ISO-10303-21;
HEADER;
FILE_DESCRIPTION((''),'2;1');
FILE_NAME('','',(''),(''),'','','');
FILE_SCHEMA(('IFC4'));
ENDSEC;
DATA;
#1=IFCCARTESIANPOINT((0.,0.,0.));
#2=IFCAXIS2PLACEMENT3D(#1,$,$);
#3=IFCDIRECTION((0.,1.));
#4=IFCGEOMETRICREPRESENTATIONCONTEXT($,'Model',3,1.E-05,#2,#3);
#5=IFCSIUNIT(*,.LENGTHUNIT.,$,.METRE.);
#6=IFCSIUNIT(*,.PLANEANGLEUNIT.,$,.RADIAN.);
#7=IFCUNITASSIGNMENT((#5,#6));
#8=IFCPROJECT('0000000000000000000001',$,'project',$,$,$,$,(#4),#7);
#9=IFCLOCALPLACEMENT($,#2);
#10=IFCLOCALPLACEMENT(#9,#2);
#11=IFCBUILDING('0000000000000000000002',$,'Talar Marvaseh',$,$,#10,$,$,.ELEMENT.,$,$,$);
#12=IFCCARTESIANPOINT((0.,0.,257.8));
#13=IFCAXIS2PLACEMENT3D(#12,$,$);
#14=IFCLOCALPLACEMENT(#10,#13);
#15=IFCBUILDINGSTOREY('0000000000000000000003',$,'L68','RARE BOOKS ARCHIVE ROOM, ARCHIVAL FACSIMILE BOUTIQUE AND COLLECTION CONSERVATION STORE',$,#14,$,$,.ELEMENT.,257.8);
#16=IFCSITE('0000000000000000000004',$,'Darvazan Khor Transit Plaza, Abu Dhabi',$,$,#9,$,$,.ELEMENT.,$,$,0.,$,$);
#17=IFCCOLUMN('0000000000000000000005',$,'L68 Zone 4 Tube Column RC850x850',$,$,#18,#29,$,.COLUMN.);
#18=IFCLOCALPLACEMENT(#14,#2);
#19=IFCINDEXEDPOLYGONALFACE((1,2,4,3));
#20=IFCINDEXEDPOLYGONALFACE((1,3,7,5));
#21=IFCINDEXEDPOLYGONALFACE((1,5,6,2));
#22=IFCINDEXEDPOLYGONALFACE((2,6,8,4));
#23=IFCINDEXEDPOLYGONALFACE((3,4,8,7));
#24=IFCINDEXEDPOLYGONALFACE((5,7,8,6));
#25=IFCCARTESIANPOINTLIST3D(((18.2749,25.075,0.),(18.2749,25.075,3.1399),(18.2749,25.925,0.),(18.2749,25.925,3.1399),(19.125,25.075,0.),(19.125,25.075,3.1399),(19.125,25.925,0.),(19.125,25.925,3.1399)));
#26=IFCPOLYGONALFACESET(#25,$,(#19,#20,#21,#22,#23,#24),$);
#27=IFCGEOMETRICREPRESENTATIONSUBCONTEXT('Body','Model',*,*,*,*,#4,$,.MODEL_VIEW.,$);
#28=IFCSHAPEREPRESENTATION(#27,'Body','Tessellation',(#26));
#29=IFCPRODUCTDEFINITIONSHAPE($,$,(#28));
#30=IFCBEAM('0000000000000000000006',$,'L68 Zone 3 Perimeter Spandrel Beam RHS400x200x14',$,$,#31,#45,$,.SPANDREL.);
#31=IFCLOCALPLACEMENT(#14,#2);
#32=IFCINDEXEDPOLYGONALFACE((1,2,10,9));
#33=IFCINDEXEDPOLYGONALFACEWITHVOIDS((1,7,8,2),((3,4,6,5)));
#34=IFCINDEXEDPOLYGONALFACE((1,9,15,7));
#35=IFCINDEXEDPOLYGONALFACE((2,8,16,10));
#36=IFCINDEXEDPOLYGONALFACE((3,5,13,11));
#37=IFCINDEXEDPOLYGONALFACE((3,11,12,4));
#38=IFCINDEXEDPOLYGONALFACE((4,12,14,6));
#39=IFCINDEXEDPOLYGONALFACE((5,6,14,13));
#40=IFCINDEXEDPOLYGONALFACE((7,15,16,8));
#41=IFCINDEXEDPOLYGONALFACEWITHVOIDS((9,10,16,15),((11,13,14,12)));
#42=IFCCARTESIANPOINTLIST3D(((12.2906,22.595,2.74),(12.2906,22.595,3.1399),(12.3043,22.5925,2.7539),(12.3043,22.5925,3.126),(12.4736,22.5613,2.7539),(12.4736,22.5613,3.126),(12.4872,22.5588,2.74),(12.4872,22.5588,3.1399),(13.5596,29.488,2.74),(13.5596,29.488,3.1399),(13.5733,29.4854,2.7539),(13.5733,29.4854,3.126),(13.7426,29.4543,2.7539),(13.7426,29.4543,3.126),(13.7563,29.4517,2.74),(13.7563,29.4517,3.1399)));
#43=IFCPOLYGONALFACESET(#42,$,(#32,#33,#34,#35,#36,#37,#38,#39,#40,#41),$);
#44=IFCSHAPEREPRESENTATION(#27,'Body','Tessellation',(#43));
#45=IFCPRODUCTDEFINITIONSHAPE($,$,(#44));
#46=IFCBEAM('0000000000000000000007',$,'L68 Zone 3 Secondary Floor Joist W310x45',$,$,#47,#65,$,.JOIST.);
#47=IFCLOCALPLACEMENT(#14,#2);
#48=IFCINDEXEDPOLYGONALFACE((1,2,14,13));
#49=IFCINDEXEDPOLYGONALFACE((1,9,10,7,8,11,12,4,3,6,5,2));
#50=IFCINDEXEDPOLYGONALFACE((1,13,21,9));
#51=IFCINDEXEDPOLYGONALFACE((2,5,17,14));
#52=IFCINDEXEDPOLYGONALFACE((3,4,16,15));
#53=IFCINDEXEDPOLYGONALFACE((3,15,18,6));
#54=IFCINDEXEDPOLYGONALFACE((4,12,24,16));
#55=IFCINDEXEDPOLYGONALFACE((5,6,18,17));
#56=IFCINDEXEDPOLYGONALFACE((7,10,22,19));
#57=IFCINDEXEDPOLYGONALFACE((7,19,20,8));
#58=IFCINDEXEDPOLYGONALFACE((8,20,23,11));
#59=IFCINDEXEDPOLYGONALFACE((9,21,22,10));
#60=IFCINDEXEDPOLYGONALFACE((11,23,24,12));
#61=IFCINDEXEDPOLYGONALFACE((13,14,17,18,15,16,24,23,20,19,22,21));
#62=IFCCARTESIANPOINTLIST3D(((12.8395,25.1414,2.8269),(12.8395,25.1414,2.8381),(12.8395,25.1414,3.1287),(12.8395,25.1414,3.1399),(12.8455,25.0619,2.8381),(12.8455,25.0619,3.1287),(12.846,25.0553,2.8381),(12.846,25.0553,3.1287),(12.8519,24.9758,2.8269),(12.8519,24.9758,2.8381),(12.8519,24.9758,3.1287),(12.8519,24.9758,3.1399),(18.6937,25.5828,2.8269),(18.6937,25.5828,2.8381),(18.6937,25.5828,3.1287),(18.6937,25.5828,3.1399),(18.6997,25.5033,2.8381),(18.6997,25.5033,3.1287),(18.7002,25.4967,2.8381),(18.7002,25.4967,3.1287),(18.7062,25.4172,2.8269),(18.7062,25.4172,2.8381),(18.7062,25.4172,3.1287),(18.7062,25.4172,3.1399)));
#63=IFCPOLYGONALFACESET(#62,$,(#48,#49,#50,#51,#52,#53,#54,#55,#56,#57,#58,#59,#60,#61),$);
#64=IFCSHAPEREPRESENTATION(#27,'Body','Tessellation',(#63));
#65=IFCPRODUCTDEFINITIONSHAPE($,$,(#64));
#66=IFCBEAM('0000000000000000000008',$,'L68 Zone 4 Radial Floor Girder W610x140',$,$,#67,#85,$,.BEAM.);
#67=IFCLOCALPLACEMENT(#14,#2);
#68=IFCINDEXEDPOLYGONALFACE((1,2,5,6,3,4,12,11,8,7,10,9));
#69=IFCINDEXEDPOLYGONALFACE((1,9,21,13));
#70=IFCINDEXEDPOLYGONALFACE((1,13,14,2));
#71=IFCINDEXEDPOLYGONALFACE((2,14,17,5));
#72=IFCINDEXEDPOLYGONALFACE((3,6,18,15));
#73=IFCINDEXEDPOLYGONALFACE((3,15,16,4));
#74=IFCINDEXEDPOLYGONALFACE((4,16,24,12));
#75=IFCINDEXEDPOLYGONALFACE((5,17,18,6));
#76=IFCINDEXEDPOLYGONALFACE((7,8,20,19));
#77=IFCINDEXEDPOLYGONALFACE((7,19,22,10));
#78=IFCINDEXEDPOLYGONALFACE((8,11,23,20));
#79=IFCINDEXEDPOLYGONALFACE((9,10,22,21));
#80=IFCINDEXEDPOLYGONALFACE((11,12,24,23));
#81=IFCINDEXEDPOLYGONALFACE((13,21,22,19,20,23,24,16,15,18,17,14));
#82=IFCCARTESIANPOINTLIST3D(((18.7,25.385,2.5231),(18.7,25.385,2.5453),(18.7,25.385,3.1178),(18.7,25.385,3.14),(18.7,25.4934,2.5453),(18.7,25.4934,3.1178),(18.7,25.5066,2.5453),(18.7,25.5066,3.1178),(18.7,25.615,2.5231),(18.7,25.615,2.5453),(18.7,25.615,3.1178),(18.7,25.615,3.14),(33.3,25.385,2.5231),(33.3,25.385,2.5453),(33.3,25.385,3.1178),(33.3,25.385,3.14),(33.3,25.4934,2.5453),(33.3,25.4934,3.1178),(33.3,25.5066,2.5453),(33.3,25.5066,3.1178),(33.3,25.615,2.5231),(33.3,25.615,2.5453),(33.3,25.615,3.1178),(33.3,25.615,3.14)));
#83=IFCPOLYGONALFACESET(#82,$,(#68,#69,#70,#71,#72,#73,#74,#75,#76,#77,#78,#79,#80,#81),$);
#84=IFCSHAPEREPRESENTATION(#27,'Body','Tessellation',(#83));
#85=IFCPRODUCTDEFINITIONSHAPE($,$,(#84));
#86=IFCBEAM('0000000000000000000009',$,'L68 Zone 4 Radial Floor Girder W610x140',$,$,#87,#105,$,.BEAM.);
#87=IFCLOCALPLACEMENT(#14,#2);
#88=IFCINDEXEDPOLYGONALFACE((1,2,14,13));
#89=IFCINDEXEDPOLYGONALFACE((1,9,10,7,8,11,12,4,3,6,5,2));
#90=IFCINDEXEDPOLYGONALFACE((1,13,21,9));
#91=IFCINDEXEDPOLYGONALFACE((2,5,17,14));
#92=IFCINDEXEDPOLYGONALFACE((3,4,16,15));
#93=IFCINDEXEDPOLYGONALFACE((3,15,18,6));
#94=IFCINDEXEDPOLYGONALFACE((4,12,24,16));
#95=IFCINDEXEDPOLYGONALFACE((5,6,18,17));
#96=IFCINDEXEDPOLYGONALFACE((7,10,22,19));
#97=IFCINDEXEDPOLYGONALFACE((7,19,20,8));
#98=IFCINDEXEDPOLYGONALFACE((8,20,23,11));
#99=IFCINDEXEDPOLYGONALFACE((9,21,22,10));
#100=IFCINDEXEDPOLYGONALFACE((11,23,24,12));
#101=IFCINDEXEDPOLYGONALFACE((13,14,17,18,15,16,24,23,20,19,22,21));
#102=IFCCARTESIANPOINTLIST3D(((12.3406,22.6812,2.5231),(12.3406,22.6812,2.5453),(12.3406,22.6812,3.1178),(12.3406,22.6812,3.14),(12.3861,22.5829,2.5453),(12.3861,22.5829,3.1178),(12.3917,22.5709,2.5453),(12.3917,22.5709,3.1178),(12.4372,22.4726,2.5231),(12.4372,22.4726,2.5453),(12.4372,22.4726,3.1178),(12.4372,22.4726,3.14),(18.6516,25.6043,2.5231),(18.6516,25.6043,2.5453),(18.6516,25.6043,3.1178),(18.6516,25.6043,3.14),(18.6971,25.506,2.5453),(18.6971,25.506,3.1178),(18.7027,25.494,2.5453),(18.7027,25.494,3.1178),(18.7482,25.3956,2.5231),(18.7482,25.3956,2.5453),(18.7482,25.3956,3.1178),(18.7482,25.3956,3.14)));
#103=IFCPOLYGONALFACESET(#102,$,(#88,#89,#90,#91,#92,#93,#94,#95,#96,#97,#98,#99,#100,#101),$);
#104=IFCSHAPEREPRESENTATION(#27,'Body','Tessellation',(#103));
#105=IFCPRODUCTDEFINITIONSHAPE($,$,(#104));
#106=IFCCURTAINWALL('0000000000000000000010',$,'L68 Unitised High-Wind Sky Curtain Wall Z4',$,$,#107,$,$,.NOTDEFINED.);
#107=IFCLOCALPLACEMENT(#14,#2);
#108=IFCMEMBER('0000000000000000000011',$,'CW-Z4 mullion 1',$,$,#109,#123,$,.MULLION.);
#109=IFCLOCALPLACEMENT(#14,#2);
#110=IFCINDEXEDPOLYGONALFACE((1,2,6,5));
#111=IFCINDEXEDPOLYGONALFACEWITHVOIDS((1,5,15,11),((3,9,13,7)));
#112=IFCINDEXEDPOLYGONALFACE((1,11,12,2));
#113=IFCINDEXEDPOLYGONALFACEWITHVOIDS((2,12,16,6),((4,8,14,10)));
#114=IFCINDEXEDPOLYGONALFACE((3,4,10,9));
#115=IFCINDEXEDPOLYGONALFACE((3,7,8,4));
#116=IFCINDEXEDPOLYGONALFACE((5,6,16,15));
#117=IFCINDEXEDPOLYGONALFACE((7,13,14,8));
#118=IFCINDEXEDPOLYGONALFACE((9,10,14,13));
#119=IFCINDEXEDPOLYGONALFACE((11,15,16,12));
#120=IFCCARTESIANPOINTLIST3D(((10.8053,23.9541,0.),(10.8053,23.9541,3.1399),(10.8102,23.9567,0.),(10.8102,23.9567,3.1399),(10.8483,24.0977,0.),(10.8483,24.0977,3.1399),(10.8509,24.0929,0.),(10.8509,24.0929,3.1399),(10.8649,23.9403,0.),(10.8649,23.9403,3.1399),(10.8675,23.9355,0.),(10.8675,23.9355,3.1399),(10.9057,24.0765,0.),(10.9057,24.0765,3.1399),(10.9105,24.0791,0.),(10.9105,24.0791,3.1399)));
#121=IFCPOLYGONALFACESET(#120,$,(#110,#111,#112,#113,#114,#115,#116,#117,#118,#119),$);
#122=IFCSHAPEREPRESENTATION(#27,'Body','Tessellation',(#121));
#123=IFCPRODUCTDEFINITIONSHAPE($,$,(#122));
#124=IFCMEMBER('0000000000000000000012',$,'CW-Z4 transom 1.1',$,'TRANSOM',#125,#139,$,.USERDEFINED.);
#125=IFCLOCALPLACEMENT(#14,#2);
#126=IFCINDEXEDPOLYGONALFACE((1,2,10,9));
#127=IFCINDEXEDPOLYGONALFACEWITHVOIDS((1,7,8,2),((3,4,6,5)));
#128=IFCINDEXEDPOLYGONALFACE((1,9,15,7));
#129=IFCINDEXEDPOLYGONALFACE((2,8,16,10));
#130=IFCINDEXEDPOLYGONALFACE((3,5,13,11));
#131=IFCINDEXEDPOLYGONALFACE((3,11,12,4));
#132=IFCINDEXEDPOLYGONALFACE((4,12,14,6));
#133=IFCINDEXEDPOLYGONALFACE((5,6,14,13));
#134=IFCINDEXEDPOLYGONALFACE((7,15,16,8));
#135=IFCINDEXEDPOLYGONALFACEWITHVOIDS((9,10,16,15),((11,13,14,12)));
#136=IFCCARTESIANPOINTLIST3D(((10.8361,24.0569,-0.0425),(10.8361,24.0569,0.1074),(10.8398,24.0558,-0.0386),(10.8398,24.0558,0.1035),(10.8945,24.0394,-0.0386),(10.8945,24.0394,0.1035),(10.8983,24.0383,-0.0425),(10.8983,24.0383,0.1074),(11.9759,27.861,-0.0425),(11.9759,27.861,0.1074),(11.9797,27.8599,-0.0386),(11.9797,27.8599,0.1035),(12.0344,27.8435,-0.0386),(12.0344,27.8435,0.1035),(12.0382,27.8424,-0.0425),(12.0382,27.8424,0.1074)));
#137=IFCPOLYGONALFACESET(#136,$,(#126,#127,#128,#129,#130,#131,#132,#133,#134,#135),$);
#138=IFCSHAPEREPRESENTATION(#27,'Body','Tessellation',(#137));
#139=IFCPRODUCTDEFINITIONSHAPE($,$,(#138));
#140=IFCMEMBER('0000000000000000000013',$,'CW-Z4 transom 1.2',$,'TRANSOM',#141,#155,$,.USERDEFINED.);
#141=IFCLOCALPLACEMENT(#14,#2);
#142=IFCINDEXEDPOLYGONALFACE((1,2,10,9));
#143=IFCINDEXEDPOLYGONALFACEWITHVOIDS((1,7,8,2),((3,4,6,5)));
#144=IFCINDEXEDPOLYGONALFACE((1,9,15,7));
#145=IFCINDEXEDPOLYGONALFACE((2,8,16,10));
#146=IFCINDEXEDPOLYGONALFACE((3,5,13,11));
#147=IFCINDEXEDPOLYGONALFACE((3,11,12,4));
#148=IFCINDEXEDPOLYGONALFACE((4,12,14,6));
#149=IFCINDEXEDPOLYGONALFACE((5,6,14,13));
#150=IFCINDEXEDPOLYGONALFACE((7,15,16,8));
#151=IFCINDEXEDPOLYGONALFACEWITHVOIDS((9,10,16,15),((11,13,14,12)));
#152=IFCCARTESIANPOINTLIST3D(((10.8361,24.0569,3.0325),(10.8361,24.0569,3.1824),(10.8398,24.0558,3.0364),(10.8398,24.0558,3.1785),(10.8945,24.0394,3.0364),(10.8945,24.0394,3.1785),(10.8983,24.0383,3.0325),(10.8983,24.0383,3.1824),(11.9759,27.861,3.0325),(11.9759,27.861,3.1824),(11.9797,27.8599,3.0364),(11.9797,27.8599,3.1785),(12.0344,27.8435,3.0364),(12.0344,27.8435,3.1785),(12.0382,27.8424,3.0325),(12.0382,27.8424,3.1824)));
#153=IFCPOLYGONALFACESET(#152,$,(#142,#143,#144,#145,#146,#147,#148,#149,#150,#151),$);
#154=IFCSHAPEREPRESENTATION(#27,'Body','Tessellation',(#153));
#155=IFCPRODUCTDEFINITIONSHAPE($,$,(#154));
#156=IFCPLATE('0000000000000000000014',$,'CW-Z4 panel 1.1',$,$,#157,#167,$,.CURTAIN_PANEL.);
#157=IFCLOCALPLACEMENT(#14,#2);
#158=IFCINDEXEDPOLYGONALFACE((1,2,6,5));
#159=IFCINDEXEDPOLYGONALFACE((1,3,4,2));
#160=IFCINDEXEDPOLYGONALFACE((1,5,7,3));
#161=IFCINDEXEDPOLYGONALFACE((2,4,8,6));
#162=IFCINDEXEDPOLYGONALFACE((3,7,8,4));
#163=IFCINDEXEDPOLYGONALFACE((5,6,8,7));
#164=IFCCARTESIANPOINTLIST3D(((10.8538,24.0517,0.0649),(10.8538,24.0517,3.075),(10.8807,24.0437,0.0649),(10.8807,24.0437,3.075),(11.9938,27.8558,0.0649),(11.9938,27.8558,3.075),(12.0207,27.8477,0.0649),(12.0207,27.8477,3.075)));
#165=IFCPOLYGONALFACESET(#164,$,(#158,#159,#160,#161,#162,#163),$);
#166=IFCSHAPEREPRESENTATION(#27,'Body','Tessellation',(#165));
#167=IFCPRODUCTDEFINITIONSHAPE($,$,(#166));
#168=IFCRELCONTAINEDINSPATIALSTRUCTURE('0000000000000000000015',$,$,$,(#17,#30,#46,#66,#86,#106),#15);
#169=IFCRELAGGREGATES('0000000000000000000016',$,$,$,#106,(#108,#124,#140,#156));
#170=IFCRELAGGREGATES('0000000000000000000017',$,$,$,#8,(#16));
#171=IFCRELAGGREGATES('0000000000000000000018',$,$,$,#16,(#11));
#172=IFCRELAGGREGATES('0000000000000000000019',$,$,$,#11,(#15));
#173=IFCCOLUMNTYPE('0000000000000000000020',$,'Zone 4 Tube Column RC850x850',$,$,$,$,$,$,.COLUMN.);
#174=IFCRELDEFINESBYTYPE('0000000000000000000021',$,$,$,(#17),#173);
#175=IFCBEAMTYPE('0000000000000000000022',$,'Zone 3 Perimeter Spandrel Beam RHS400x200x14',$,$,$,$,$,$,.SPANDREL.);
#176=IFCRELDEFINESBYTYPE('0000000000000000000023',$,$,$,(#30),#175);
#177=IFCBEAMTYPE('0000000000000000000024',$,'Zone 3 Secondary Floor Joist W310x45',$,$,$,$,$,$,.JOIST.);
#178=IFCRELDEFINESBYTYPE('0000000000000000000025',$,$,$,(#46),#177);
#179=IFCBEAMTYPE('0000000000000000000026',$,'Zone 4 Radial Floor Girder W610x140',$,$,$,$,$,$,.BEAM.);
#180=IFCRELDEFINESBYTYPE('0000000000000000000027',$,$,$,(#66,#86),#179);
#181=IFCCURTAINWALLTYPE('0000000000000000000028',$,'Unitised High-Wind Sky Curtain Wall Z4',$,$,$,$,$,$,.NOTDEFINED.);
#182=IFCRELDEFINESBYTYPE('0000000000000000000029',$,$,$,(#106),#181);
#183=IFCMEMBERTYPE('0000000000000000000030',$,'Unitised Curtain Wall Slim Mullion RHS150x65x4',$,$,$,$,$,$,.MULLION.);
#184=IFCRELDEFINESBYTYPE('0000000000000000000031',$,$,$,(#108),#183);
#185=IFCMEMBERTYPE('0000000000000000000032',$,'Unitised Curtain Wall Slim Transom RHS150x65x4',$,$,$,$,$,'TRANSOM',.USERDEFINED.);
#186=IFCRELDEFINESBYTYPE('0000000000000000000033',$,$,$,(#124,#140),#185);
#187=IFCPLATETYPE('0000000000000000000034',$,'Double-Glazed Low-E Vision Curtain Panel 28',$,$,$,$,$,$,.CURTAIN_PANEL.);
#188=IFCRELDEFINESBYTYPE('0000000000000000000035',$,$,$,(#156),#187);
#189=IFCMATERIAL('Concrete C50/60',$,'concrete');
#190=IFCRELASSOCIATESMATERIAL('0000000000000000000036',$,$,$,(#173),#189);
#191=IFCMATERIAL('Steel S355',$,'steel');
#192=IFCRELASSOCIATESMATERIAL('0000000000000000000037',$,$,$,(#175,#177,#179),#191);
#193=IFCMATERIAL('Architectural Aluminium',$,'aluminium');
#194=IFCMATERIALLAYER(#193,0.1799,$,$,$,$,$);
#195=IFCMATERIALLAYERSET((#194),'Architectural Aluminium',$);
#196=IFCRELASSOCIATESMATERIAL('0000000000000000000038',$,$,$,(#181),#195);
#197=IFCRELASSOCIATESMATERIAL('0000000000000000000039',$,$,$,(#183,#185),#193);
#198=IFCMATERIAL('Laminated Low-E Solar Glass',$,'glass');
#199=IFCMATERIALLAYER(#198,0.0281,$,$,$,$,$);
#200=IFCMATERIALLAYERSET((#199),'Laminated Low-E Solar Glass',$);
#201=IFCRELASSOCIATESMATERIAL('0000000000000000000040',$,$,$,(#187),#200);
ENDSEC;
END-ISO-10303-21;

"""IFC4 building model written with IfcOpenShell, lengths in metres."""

from ifc_helpers import new_model, si_unit, direction, frame, origin, origin_2d, place, context, subcontext, project, spatial, rectangle, hollow_rectangle, i_section, extrude, source, transform, mapped, material, layer, layer_set, material_profile, profile_set, type_object, type_shapes, element, aggregate, save


model = new_model("IFC4")

# Units and contexts
model_context = context("Model", 3, precision=1e-05, world=origin(), true_north=direction((0.0, 1.0)))
body_context = subcontext(model_context, "Body", "Model", "MODEL_VIEW")
ifc_project = project(units=[si_unit("LENGTHUNIT", "METRE"), si_unit("PLANEANGLEUNIT", "RADIAN")], contexts=[model_context])

# Site, building, storey
site_placement = place(None, origin())
site = spatial("IfcSite", under=ifc_project, at=site_placement, Name="Darvazan Khor Transit Plaza, Abu Dhabi", CompositionType="ELEMENT", RefElevation=0.0)
building_placement = place(site_placement, origin())
building = spatial("IfcBuilding", under=site, at=building_placement, Name="Talar Marvaseh", CompositionType="ELEMENT")
storey_placement = place(building_placement, frame((0.0, 0.0, 257.8)))
storey = spatial("IfcBuildingStorey", under=building, at=storey_placement, Name="L68", Description="RARE BOOKS ARCHIVE ROOM, ARCHIVAL FACSIMILE BOUTIQUE AND COLLECTION CONSERVATION STORE", CompositionType="ELEMENT", Elevation=257.8)

# Column
ifc_material_1 = material(Name="Concrete C50/60", Category="concrete")
ifc_material_profile_1 = material_profile(ifc_material_1, rectangle(XDim=0.8501, YDim=0.8501, at=origin_2d()), Name="RC850x850")
ifc_profile_set_1 = profile_set([ifc_material_profile_1], Name="Concrete C50/60")
column_type = type_object("IfcColumnType", Name="Zone 4 Tube Column RC850x850", PredefinedType="COLUMN", material=ifc_profile_set_1)
column_placement = place(storey_placement, frame((18.7, 25.5, 0.0), z_axis=(0.0, 0.0, 1.0), x_axis=(1.0, 0.0, 0.0)))
element("IfcColumn", 1, at=column_placement, inside=storey, type_object=column_type, Name="L68 Zone 4 Tube Column RC850x850", PredefinedType="COLUMN", context=body_context, shape_type="SweptSolid", body=[
    extrude(rectangle(XDim=0.8501, YDim=0.8501, at=origin_2d()), origin(), (0.0, 0.0, 1.0), 3.1399),
])

# Beams
ifc_material_2 = material(Name="Steel S355", Category="steel")
ifc_material_profile_2 = material_profile(ifc_material_2, hollow_rectangle(XDim=0.2, YDim=0.3999, WallThickness=0.0139, at=origin_2d()), Name="RHS400x200x14")
ifc_profile_set_2 = profile_set([ifc_material_profile_2], Name="Steel S355")
beam_type_1 = type_object("IfcBeamType", Name="Zone 3 Perimeter Spandrel Beam RHS400x200x14", PredefinedType="SPANDREL", material=ifc_profile_set_2)
beam_1_placement = place(storey_placement, frame((12.3889, 22.5769, 2.9399), z_axis=(0.181061, 0.983472, 0.0), x_axis=(-0.983472, 0.181061, 0.0)))
element("IfcBeam", 2, at=beam_1_placement, inside=storey, type_object=beam_type_1, Name="L68 Zone 3 Perimeter Spandrel Beam RHS400x200x14", PredefinedType="SPANDREL", context=body_context, shape_type="SweptSolid", body=[
    extrude(hollow_rectangle(XDim=0.2, YDim=0.3999, WallThickness=0.0139, at=origin_2d()), origin(), (0.0, 0.0, 1.0), 7.0088),
])
ifc_material_profile_3 = material_profile(ifc_material_2, i_section(OverallWidth=0.166, OverallDepth=0.313, WebThickness=0.0066, FlangeThickness=0.0112, at=origin_2d()), Name="W310x45")
ifc_profile_set_3 = profile_set([ifc_material_profile_3], Name="Steel S355")
beam_type_2 = type_object("IfcBeamType", Name="Zone 3 Secondary Floor Joist W310x45", PredefinedType="JOIST", material=ifc_profile_set_3)
beam_2_placement = place(storey_placement, frame((12.8457, 25.0586, 2.9834), z_axis=(0.99717, 0.075186, 0.0), x_axis=(-0.075186, 0.99717, 0.0)))
element("IfcBeam", 3, at=beam_2_placement, inside=storey, type_object=beam_type_2, Name="L68 Zone 3 Secondary Floor Joist W310x45", PredefinedType="JOIST", context=body_context, shape_type="SweptSolid", body=[
    extrude(i_section(OverallWidth=0.166, OverallDepth=0.313, WebThickness=0.0066, FlangeThickness=0.0112, at=origin_2d()), origin(), (0.0, 0.0, 1.0), 5.8708),
])
ifc_material_profile_4 = material_profile(ifc_material_2, i_section(OverallWidth=0.23, OverallDepth=0.6169, WebThickness=0.0132, FlangeThickness=0.0222, at=origin_2d()), Name="W610x140")
ifc_profile_set_4 = profile_set([ifc_material_profile_4], Name="Steel S355")
beam_type_3 = type_object("IfcBeamType", Name="Zone 4 Radial Floor Girder W610x140", PredefinedType="BEAM", material=ifc_profile_set_4)
beam_3_placement = place(storey_placement, frame((18.7, 25.5, 2.8315), z_axis=(1.0, 0.0, 0.0), x_axis=(0.0, 1.0, 0.0)))
element("IfcBeam", 4, at=beam_3_placement, inside=storey, type_object=beam_type_3, Name="L68 Zone 4 Radial Floor Girder W610x140", PredefinedType="BEAM", context=body_context, shape_type="SweptSolid", body=[
    extrude(i_section(OverallWidth=0.23, OverallDepth=0.6169, WebThickness=0.0132, FlangeThickness=0.0222, at=origin_2d()), origin(), (0.0, 0.0, 1.0), 14.6001),
])
beam_4_placement = place(storey_placement, frame((12.3889, 22.5769, 2.8315), z_axis=(0.907395, 0.42028, 0.0), x_axis=(-0.42028, 0.907395, 0.0)))
element("IfcBeam", 5, at=beam_4_placement, inside=storey, type_object=beam_type_3, Name="L68 Zone 4 Radial Floor Girder W610x140", PredefinedType="BEAM", context=body_context, shape_type="SweptSolid", body=[
    extrude(i_section(OverallWidth=0.23, OverallDepth=0.6169, WebThickness=0.0132, FlangeThickness=0.0222, at=origin_2d()), origin(), (0.0, 0.0, 1.0), 6.9551),
])

# Curtain wall, members, plate
ifc_material_3 = material(Name="Architectural Aluminium", Category="aluminium")
ifc_layer_1 = layer(ifc_material_3, 0.1799)
ifc_layer_set_1 = layer_set([ifc_layer_1], Name="Architectural Aluminium")
curtain_wall_type = type_object("IfcCurtainWallType", Name="Unitised High-Wind Sky Curtain Wall Z4", PredefinedType="NOTDEFINED", material=ifc_layer_set_1)
curtain_wall_placement = place(storey_placement, origin())
curtain_wall = element("IfcCurtainWall", 6, at=curtain_wall_placement, inside=storey, type_object=curtain_wall_type, Name="L68 Unitised High-Wind Sky Curtain Wall Z4", PredefinedType="NOTDEFINED")
ifc_material_profile_5 = material_profile(ifc_material_3, hollow_rectangle(XDim=0.0649, YDim=0.1499, WallThickness=0.0039, at=origin_2d()), Name="RHS150x65x4")
ifc_profile_set_5 = profile_set([ifc_material_profile_5], Name="Architectural Aluminium")
member_type_1 = type_object("IfcMemberType", Name="Unitised Curtain Wall Slim Mullion RHS150x65x4", PredefinedType="MULLION", material=ifc_profile_set_5)
shared_shape_1 = source(origin(), body_context, "Body", "SweptSolid", [
    extrude(hollow_rectangle(XDim=0.0649, YDim=0.1499, WallThickness=0.0039, at=origin_2d()), origin(), (0.0, 0.0, 1.0), 3.1399),
])
type_shapes(member_type_1, [shared_shape_1])
member_1_placement = place(storey_placement, frame((10.8579, 24.0166, 0.0), z_axis=(0.0, 0.0, 1.0), x_axis=(-0.957912, 0.287063, 0.0)))
member_1 = element("IfcMember", 7, at=member_1_placement, type_object=member_type_1, Name="CW-Z4 mullion 1", PredefinedType="MULLION", context=body_context, shape_type="MappedRepresentation", body=[
    mapped(shared_shape_1, transform((0.0, 0.0, 0.0), x_axis=(1.0, 0.0, 0.0), y_axis=(0.0, 1.0, 0.0), z_axis=(0.0, 0.0, 1.0), scale=1.0)),
])
ifc_material_profile_6 = material_profile(ifc_material_3, hollow_rectangle(XDim=0.0649, YDim=0.1499, WallThickness=0.0039, at=origin_2d()), Name="RHS150x65x4")
ifc_profile_set_6 = profile_set([ifc_material_profile_6], Name="Architectural Aluminium")
member_type_2 = type_object("IfcMemberType", Name="Unitised Curtain Wall Slim Transom RHS150x65x4", ElementType="TRANSOM", PredefinedType="USERDEFINED", material=ifc_profile_set_6)
shared_shape_2 = source(origin(), body_context, "Body", "SweptSolid", [
    extrude(hollow_rectangle(XDim=0.0649, YDim=0.1499, WallThickness=0.0039, at=origin_2d()), origin(), (0.0, 0.0, 1.0), 3.9712),
])
type_shapes(member_type_2, [shared_shape_2])
member_2_placement = place(storey_placement, frame((10.8672, 24.0476, 0.0325), z_axis=(0.287032, 0.957921, 0.0), x_axis=(-0.957921, 0.287032, 0.0)))
member_2 = element("IfcMember", 8, at=member_2_placement, type_object=member_type_2, Name="CW-Z4 transom 1.1", ObjectType="TRANSOM", PredefinedType="USERDEFINED", context=body_context, shape_type="MappedRepresentation", body=[
    mapped(shared_shape_2, transform((0.0, 0.0, 0.0), x_axis=(1.0, 0.0, 0.0), y_axis=(0.0, 1.0, 0.0), z_axis=(0.0, 0.0, 1.0), scale=1.0)),
])
member_3_placement = place(storey_placement, frame((10.8672, 24.0476, 3.1074), z_axis=(0.287032, 0.957921, 0.0), x_axis=(-0.957921, 0.287032, 0.0)))
member_3 = element("IfcMember", 9, at=member_3_placement, type_object=member_type_2, Name="CW-Z4 transom 1.2", ObjectType="TRANSOM", PredefinedType="USERDEFINED", context=body_context, shape_type="MappedRepresentation", body=[
    mapped(shared_shape_2, transform((0.0, 0.0, 0.0), x_axis=(1.0, 0.0, 0.0), y_axis=(0.0, 1.0, 0.0), z_axis=(0.0, 0.0, 1.0), scale=1.0)),
])
ifc_material_4 = material(Name="Laminated Low-E Solar Glass", Category="glass")
ifc_layer_2 = layer(ifc_material_4, 0.0281)
ifc_layer_set_2 = layer_set([ifc_layer_2], Name="Laminated Low-E Solar Glass")
plate_type = type_object("IfcPlateType", Name="Double-Glazed Low-E Vision Curtain Panel 28", PredefinedType="CURTAIN_PANEL", material=ifc_layer_set_2)
shared_shape_3 = source(origin(), body_context, "Body", "SweptSolid", [
    extrude(rectangle(XDim=3.9712, YDim=0.0281, at=origin_2d()), origin(), (0.0, 0.0, 1.0), 3.01),
])
type_shapes(plate_type, [shared_shape_3])
plate_placement = place(storey_placement, frame((11.4373, 25.9497, 0.0649), z_axis=(0.0, 0.0, 1.0), x_axis=(0.287063, 0.957912, 0.0)))
plate = element("IfcPlate", 10, at=plate_placement, type_object=plate_type, Name="CW-Z4 panel 1.1", PredefinedType="CURTAIN_PANEL", context=body_context, shape_type="MappedRepresentation", body=[
    mapped(shared_shape_3, transform((0.0, 0.0, 0.0), x_axis=(1.0, 0.0, 0.0), y_axis=(0.0, 1.0, 0.0), z_axis=(0.0, 0.0, 1.0), scale=1.0)),
])
aggregate(curtain_wall, [member_1, member_2, member_3, plate])

save(model, "model.ifc")
